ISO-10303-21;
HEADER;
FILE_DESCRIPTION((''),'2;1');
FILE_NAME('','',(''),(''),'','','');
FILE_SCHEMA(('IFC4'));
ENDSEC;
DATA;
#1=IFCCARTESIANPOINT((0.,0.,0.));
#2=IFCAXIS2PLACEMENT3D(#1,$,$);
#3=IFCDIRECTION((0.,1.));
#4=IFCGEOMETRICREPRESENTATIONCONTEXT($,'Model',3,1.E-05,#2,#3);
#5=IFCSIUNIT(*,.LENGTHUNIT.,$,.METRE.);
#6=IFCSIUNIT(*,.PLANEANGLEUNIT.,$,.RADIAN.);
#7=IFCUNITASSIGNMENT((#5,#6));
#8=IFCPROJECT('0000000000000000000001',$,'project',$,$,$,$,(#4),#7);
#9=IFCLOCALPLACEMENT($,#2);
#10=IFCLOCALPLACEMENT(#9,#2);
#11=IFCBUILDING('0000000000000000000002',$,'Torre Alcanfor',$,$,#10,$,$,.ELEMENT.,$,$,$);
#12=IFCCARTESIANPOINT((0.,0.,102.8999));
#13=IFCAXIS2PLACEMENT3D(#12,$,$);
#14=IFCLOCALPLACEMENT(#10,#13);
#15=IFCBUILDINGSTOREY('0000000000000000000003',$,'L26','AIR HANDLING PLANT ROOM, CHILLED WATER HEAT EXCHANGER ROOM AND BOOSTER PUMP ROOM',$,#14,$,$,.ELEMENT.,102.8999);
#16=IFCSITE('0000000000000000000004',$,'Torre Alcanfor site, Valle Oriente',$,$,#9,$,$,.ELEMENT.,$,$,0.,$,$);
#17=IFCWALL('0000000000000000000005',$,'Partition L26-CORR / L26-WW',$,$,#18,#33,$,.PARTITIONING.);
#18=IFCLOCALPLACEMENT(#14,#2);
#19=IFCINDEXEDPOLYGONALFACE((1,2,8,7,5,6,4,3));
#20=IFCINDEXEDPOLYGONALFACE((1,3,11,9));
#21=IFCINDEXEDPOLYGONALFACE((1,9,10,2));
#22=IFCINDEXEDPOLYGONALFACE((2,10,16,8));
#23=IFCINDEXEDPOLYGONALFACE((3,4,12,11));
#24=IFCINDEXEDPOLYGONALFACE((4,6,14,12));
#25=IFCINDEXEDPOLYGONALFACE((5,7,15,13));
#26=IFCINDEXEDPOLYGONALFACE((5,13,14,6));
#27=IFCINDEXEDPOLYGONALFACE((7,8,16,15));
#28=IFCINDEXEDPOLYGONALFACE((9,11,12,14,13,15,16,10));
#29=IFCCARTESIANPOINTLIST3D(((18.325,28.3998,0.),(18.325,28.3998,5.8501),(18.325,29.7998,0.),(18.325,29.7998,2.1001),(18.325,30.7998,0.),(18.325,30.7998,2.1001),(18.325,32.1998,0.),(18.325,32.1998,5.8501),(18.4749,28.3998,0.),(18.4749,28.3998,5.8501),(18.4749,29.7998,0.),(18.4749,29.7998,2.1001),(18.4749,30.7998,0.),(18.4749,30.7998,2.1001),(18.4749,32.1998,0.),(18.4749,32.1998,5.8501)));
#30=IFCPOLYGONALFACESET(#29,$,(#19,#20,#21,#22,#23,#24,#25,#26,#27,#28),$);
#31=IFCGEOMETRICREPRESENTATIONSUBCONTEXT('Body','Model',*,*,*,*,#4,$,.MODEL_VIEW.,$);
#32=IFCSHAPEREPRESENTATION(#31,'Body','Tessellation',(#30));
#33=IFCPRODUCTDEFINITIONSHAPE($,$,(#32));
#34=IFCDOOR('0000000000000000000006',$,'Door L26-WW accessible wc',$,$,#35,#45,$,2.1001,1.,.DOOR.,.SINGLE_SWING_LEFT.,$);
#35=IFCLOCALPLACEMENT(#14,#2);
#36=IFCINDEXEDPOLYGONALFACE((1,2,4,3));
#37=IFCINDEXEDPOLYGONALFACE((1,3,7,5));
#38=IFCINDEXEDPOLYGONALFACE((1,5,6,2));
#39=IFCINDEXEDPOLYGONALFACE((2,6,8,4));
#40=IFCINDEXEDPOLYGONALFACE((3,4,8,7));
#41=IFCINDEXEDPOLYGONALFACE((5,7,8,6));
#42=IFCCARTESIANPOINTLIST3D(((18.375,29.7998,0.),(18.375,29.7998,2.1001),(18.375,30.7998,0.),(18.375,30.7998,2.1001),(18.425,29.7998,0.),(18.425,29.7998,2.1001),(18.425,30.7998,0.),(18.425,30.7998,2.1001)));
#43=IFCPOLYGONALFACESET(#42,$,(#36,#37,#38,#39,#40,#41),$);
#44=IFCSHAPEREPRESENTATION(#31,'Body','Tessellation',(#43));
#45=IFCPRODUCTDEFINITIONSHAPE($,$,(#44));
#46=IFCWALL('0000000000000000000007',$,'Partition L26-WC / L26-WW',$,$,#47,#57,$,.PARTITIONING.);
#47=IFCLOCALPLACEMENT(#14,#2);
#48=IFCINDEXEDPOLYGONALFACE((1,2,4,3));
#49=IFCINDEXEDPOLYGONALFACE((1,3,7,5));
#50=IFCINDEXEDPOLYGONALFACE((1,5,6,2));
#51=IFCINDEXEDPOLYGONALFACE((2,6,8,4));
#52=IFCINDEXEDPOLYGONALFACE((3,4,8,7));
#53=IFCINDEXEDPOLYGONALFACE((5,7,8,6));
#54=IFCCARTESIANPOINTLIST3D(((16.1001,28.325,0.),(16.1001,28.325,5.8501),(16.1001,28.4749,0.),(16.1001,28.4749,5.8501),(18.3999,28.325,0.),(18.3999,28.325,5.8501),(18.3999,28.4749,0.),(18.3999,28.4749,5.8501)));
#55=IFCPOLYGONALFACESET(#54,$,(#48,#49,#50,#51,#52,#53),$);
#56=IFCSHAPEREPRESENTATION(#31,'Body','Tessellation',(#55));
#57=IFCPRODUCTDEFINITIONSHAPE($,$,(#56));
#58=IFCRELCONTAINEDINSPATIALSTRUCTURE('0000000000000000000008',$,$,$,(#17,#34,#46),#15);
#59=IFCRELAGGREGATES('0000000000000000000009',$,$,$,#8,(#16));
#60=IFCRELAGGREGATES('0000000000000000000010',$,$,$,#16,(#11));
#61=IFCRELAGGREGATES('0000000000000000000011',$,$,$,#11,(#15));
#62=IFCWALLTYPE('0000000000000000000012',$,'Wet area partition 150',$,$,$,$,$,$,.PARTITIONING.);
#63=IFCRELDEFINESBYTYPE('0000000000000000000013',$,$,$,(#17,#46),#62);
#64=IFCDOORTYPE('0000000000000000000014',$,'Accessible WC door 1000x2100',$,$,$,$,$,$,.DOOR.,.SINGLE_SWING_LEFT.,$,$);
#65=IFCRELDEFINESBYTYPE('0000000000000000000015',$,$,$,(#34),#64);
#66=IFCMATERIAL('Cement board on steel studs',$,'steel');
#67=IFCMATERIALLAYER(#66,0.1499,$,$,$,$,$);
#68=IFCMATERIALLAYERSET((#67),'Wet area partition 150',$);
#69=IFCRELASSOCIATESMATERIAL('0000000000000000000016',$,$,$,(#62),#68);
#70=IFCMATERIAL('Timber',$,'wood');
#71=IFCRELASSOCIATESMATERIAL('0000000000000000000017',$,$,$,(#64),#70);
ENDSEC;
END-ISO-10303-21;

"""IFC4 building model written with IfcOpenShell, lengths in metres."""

from ifc_helpers import new_model, si_unit, direction, frame, frame_2d, origin, place, context, subcontext, project, spatial, rectangle, extrude, material, layer, layer_set, type_object, element, fill, save


model = new_model("IFC4")

# Units and contexts
model_context = context("Model", 3, precision=1e-05, world=origin(), true_north=direction((0.0, 1.0)))
body_context = subcontext(model_context, "Body", "Model", "MODEL_VIEW")
ifc_project = project(units=[si_unit("LENGTHUNIT", "METRE"), si_unit("PLANEANGLEUNIT", "RADIAN")], contexts=[model_context])

# Site, building, storey
site_placement = place(None, origin())
site = spatial("IfcSite", under=ifc_project, at=site_placement, Name="Torre Alcanfor site, Valle Oriente", CompositionType="ELEMENT", RefElevation=0.0)
building_placement = place(site_placement, origin())
building = spatial("IfcBuilding", under=site, at=building_placement, Name="Torre Alcanfor", CompositionType="ELEMENT")
storey_placement = place(building_placement, frame((0.0, 0.0, 102.8999)))
storey = spatial("IfcBuildingStorey", under=building, at=storey_placement, Name="L26", Description="AIR HANDLING PLANT ROOM, CHILLED WATER HEAT EXCHANGER ROOM AND BOOSTER PUMP ROOM", CompositionType="ELEMENT", Elevation=102.8999)

# Wall, opening, door
ifc_material_1 = material(Name="Cement board on steel studs", Category="steel")
ifc_layer_1 = layer(ifc_material_1, 0.1499)
ifc_layer_set_1 = layer_set([ifc_layer_1], Name="Wet area partition 150")
wall_type_1 = type_object("IfcWallType", Name="Wet area partition 150", PredefinedType="PARTITIONING", material=ifc_layer_set_1)
wall_1_placement = place(storey_placement, frame((18.3999, 28.3999, 0.0), z_axis=(0.0, 0.0, 1.0), x_axis=(0.0, 1.0, 0.0)))
wall_1 = element("IfcWall", 1, at=wall_1_placement, inside=storey, type_object=wall_type_1, Name="Partition L26-CORR / L26-WW", PredefinedType="PARTITIONING", context=body_context, shape_type="SweptSolid", body=[
    extrude(rectangle(XDim=3.8, YDim=0.1499, at=frame_2d((1.8999, 0.0))), origin(), (0.0, 0.0, 1.0), 5.8501),
])
opening_1_placement = place(wall_1_placement, frame((1.3999, 0.0, 0.0)))
opening_1 = element("IfcOpeningElement", 2, at=opening_1_placement, cuts=wall_1, PredefinedType="OPENING", context=body_context, shape_type="SweptSolid", body=[
    extrude(rectangle(XDim=1.0, YDim=2.1001, at=frame_2d((0.5, 1.05))), frame((0.0, 0.085, 0.0), z_axis=(0.0, -1.0, 0.0), x_axis=(1.0, 0.0, 0.0)), (0.0, 0.0, 1.0), 0.1699),
])
ifc_material_2 = material(Name="Timber", Category="wood")
door_type_1 = type_object("IfcDoorType", Name="Accessible WC door 1000x2100", OperationType="SINGLE_SWING_LEFT", PredefinedType="DOOR", material=ifc_material_2)
door_1_placement = place(opening_1_placement, frame((1.0, 0.0, 0.0), z_axis=(0.0, 0.0, 1.0), x_axis=(-1.0, 0.0, 0.0)))
door_1 = element("IfcDoor", 3, at=door_1_placement, inside=storey, type_object=door_type_1, Name="Door L26-WW accessible wc", OperationType="SINGLE_SWING_LEFT", OverallHeight=2.1001, OverallWidth=1.0, PredefinedType="DOOR", context=body_context, shape_type="SweptSolid", body=[
    extrude(rectangle(XDim=1.0, YDim=2.1001, at=frame_2d((0.5, 1.05))), frame((0.0, 0.0251, 0.0), z_axis=(0.0, -1.0, 0.0), x_axis=(1.0, 0.0, 0.0)), (0.0, 0.0, 1.0), 0.05),
])
fill(opening_1, door_1)

# Wall
wall_2_placement = place(storey_placement, frame((16.1001, 28.3999, 0.0), z_axis=(0.0, 0.0, 1.0), x_axis=(1.0, 0.0, 0.0)))
element("IfcWall", 4, at=wall_2_placement, inside=storey, type_object=wall_type_1, Name="Partition L26-WC / L26-WW", PredefinedType="PARTITIONING", context=body_context, shape_type="SweptSolid", body=[
    extrude(rectangle(XDim=2.2998, YDim=0.1499, at=frame_2d((1.1499, 0.0))), origin(), (0.0, 0.0, 1.0), 5.8501),
])

save(model, "model.ifc")
